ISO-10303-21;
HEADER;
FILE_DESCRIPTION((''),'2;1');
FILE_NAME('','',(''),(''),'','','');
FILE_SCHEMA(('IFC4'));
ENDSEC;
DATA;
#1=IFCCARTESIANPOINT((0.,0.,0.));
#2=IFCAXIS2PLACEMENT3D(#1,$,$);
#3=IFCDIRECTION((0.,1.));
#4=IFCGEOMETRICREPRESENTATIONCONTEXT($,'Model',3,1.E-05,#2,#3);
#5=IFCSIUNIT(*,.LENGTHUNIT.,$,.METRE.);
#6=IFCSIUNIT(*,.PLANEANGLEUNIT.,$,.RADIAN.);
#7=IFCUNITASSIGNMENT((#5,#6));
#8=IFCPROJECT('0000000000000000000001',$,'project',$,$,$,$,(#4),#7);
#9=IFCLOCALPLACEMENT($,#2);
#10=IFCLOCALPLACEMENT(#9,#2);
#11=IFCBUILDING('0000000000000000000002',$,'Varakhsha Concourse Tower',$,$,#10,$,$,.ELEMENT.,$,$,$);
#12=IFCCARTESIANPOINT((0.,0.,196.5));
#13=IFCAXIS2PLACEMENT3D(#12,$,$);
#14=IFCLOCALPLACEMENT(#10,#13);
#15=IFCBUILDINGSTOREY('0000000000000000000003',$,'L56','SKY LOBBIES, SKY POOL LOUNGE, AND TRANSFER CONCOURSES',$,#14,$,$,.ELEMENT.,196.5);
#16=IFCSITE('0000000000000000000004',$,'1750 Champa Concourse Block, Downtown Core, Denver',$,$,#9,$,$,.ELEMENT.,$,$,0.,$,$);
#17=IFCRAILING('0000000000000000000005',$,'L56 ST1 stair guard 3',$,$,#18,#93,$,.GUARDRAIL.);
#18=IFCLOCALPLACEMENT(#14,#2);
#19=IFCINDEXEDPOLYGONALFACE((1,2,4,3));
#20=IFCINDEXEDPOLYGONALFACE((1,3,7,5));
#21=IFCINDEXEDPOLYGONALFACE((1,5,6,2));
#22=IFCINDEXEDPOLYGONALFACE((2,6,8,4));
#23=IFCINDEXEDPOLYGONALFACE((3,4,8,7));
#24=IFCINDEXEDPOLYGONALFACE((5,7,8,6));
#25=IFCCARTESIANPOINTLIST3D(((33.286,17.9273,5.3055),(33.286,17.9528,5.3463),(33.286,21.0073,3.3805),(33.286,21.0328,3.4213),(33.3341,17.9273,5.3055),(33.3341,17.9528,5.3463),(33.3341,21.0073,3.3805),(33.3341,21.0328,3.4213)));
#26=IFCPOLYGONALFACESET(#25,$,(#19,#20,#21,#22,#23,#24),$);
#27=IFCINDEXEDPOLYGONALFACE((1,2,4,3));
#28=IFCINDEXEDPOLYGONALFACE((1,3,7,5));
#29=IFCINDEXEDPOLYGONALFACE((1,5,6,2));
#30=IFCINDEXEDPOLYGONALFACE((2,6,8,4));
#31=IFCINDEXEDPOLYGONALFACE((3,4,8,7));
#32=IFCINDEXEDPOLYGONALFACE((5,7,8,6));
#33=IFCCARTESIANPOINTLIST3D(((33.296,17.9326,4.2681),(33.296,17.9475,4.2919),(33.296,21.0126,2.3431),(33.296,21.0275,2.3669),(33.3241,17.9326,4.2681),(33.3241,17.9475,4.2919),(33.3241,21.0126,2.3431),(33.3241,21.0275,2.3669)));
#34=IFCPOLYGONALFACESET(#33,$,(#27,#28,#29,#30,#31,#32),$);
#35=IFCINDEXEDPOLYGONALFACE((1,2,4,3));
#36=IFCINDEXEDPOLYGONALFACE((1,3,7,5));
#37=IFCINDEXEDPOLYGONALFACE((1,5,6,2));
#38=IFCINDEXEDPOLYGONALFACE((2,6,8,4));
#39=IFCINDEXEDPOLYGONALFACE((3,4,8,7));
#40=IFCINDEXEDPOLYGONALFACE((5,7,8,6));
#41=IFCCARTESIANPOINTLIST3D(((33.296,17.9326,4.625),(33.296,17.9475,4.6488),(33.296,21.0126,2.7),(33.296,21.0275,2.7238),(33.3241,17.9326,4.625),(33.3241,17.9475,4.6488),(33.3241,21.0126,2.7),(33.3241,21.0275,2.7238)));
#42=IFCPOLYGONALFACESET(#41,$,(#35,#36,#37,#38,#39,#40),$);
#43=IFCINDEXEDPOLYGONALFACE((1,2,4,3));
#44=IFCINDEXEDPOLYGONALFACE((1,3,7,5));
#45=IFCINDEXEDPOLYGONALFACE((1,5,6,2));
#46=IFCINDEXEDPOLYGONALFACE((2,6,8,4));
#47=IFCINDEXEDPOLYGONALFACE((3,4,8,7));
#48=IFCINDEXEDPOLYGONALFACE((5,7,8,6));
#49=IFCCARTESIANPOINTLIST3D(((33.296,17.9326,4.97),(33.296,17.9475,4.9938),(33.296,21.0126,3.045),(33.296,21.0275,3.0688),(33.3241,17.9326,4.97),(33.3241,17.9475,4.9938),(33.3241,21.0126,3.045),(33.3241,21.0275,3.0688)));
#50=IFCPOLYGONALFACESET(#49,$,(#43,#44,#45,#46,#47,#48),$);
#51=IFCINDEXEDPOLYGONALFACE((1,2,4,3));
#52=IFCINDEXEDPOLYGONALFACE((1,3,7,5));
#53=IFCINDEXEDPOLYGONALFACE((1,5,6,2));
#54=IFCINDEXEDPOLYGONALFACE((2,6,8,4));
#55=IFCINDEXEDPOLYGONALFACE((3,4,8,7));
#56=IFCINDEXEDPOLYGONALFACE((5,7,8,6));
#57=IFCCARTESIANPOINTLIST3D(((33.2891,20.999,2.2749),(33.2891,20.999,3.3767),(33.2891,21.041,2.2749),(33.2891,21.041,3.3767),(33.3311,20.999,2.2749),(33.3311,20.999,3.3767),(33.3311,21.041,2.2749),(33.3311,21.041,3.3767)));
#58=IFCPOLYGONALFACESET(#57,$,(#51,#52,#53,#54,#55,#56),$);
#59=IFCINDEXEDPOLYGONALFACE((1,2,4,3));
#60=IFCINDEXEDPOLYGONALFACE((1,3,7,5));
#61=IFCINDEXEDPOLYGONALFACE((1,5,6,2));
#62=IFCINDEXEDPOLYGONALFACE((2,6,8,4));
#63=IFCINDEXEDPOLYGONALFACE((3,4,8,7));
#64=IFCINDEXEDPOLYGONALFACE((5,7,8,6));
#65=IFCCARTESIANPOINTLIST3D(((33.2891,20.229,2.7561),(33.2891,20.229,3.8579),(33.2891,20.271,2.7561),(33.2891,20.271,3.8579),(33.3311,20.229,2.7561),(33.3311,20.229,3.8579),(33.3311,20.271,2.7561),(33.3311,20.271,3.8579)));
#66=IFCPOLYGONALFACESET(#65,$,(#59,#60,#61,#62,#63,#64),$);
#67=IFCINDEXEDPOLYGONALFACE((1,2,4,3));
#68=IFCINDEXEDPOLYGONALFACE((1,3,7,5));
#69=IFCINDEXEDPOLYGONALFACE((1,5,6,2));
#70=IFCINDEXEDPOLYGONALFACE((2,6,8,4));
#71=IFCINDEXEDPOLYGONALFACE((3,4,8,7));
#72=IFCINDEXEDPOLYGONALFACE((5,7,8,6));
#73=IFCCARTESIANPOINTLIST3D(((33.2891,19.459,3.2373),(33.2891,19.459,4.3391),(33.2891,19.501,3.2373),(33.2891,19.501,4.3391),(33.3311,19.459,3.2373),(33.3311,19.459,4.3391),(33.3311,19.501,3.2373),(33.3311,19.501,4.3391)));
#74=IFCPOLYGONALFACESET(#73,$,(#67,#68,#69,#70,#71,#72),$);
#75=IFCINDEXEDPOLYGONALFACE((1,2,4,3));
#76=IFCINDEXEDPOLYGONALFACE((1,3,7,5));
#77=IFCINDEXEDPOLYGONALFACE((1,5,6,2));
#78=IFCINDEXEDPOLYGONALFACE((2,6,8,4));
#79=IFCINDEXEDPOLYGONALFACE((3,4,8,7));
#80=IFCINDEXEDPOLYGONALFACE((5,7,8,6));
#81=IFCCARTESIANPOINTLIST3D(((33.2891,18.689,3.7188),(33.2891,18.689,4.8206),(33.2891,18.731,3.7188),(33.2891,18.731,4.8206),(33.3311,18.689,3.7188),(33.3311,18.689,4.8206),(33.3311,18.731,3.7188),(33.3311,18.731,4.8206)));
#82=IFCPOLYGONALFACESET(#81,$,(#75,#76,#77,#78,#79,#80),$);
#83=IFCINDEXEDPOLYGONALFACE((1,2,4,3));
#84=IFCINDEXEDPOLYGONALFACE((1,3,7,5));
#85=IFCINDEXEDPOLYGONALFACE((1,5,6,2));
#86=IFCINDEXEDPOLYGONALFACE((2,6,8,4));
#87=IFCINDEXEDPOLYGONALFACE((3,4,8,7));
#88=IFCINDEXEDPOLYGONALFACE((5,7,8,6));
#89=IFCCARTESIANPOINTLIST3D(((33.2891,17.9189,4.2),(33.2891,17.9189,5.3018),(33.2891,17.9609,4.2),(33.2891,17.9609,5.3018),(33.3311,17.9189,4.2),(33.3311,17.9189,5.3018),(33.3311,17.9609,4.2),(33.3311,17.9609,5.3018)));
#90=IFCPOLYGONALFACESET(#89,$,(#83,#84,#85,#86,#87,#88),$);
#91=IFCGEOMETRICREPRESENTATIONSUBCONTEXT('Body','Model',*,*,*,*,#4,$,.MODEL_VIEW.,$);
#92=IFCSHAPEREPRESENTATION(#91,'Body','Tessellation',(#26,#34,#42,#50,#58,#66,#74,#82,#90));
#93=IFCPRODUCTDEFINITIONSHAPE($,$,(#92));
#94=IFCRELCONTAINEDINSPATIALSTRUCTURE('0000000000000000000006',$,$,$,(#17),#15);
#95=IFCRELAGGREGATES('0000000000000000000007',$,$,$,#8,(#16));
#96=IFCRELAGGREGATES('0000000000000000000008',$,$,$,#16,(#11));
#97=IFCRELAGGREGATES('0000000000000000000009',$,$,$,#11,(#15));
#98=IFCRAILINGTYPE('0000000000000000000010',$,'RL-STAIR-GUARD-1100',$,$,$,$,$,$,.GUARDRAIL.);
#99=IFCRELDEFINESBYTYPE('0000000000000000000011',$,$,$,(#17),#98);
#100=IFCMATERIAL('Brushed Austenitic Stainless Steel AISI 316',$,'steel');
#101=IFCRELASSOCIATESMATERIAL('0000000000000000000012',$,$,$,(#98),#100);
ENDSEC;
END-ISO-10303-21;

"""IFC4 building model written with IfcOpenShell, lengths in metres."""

from ifc_helpers import new_model, si_unit, direction, frame, origin, origin_2d, place, context, subcontext, project, spatial, rectangle, extrude, material, type_object, element, save


model = new_model("IFC4")

# Units and contexts
model_context = context("Model", 3, precision=1e-05, world=origin(), true_north=direction((0.0, 1.0)))
body_context = subcontext(model_context, "Body", "Model", "MODEL_VIEW")
ifc_project = project(units=[si_unit("LENGTHUNIT", "METRE"), si_unit("PLANEANGLEUNIT", "RADIAN")], contexts=[model_context])

# Site, building, storey
site_placement = place(None, origin())
site = spatial("IfcSite", under=ifc_project, at=site_placement, Name="1750 Champa Concourse Block, Downtown Core, Denver", CompositionType="ELEMENT", RefElevation=0.0)
building_placement = place(site_placement, origin())
building = spatial("IfcBuilding", under=site, at=building_placement, Name="Varakhsha Concourse Tower", CompositionType="ELEMENT")
storey_placement = place(building_placement, frame((0.0, 0.0, 196.5)))
storey = spatial("IfcBuildingStorey", under=building, at=storey_placement, Name="L56", Description="SKY LOBBIES, SKY POOL LOUNGE, AND TRANSFER CONCOURSES", CompositionType="ELEMENT", Elevation=196.5)

# Shared definitions
ifc_material_1 = material(Name="Brushed Austenitic Stainless Steel AISI 316", Category="steel")

# Railing
railing_type = type_object("IfcRailingType", Name="RL-STAIR-GUARD-1100", PredefinedType="GUARDRAIL", material=ifc_material_1)
railing_1_placement = place(storey_placement, frame((33.3101, 21.02, 2.2749)))
element("IfcRailing", 1, at=railing_1_placement, inside=storey, type_object=railing_type, Name="L56 ST1 stair guard 3", PredefinedType="GUARDRAIL", context=body_context, shape_type="SweptSolid", body=[
    extrude(rectangle(XDim=0.0481, YDim=0.0481, at=origin_2d()), frame((0.0, 0.0, 1.126), z_axis=(0.0, -0.847998, 0.529999), x_axis=(1.0, 0.0, 0.0)), (0.0, 0.0, 1.0), 3.6321),
    extrude(rectangle(XDim=0.0281, YDim=0.0281, at=origin_2d()), frame((0.0, 0.0, 0.0801), z_axis=(0.0, -0.847998, 0.529999), x_axis=(1.0, 0.0, 0.0)), (0.0, 0.0, 1.0), 3.6321),
    extrude(rectangle(XDim=0.0281, YDim=0.0281, at=origin_2d()), frame((0.0, 0.0, 0.437), z_axis=(0.0, -0.847998, 0.529999), x_axis=(1.0, 0.0, 0.0)), (0.0, 0.0, 1.0), 3.6321),
    extrude(rectangle(XDim=0.0281, YDim=0.0281, at=origin_2d()), frame((0.0, 0.0, 0.782), z_axis=(0.0, -0.847998, 0.529999), x_axis=(1.0, 0.0, 0.0)), (0.0, 0.0, 1.0), 3.6321),
    extrude(rectangle(XDim=0.042, YDim=0.042, at=origin_2d()), origin(), (0.0, 0.0, 1.0), 1.1018),
    extrude(rectangle(XDim=0.042, YDim=0.042, at=origin_2d()), frame((0.0, -0.77, 0.4812)), (0.0, 0.0, 1.0), 1.1018),
    extrude(rectangle(XDim=0.042, YDim=0.042, at=origin_2d()), frame((0.0, -1.54, 0.9624)), (0.0, 0.0, 1.0), 1.1018),
    extrude(rectangle(XDim=0.042, YDim=0.042, at=origin_2d()), frame((0.0, -2.3101, 1.4438)), (0.0, 0.0, 1.0), 1.1018),
    extrude(rectangle(XDim=0.042, YDim=0.042, at=origin_2d()), frame((0.0, -3.0801, 1.925)), (0.0, 0.0, 1.0), 1.1018),
])

save(model, "model.ifc")
